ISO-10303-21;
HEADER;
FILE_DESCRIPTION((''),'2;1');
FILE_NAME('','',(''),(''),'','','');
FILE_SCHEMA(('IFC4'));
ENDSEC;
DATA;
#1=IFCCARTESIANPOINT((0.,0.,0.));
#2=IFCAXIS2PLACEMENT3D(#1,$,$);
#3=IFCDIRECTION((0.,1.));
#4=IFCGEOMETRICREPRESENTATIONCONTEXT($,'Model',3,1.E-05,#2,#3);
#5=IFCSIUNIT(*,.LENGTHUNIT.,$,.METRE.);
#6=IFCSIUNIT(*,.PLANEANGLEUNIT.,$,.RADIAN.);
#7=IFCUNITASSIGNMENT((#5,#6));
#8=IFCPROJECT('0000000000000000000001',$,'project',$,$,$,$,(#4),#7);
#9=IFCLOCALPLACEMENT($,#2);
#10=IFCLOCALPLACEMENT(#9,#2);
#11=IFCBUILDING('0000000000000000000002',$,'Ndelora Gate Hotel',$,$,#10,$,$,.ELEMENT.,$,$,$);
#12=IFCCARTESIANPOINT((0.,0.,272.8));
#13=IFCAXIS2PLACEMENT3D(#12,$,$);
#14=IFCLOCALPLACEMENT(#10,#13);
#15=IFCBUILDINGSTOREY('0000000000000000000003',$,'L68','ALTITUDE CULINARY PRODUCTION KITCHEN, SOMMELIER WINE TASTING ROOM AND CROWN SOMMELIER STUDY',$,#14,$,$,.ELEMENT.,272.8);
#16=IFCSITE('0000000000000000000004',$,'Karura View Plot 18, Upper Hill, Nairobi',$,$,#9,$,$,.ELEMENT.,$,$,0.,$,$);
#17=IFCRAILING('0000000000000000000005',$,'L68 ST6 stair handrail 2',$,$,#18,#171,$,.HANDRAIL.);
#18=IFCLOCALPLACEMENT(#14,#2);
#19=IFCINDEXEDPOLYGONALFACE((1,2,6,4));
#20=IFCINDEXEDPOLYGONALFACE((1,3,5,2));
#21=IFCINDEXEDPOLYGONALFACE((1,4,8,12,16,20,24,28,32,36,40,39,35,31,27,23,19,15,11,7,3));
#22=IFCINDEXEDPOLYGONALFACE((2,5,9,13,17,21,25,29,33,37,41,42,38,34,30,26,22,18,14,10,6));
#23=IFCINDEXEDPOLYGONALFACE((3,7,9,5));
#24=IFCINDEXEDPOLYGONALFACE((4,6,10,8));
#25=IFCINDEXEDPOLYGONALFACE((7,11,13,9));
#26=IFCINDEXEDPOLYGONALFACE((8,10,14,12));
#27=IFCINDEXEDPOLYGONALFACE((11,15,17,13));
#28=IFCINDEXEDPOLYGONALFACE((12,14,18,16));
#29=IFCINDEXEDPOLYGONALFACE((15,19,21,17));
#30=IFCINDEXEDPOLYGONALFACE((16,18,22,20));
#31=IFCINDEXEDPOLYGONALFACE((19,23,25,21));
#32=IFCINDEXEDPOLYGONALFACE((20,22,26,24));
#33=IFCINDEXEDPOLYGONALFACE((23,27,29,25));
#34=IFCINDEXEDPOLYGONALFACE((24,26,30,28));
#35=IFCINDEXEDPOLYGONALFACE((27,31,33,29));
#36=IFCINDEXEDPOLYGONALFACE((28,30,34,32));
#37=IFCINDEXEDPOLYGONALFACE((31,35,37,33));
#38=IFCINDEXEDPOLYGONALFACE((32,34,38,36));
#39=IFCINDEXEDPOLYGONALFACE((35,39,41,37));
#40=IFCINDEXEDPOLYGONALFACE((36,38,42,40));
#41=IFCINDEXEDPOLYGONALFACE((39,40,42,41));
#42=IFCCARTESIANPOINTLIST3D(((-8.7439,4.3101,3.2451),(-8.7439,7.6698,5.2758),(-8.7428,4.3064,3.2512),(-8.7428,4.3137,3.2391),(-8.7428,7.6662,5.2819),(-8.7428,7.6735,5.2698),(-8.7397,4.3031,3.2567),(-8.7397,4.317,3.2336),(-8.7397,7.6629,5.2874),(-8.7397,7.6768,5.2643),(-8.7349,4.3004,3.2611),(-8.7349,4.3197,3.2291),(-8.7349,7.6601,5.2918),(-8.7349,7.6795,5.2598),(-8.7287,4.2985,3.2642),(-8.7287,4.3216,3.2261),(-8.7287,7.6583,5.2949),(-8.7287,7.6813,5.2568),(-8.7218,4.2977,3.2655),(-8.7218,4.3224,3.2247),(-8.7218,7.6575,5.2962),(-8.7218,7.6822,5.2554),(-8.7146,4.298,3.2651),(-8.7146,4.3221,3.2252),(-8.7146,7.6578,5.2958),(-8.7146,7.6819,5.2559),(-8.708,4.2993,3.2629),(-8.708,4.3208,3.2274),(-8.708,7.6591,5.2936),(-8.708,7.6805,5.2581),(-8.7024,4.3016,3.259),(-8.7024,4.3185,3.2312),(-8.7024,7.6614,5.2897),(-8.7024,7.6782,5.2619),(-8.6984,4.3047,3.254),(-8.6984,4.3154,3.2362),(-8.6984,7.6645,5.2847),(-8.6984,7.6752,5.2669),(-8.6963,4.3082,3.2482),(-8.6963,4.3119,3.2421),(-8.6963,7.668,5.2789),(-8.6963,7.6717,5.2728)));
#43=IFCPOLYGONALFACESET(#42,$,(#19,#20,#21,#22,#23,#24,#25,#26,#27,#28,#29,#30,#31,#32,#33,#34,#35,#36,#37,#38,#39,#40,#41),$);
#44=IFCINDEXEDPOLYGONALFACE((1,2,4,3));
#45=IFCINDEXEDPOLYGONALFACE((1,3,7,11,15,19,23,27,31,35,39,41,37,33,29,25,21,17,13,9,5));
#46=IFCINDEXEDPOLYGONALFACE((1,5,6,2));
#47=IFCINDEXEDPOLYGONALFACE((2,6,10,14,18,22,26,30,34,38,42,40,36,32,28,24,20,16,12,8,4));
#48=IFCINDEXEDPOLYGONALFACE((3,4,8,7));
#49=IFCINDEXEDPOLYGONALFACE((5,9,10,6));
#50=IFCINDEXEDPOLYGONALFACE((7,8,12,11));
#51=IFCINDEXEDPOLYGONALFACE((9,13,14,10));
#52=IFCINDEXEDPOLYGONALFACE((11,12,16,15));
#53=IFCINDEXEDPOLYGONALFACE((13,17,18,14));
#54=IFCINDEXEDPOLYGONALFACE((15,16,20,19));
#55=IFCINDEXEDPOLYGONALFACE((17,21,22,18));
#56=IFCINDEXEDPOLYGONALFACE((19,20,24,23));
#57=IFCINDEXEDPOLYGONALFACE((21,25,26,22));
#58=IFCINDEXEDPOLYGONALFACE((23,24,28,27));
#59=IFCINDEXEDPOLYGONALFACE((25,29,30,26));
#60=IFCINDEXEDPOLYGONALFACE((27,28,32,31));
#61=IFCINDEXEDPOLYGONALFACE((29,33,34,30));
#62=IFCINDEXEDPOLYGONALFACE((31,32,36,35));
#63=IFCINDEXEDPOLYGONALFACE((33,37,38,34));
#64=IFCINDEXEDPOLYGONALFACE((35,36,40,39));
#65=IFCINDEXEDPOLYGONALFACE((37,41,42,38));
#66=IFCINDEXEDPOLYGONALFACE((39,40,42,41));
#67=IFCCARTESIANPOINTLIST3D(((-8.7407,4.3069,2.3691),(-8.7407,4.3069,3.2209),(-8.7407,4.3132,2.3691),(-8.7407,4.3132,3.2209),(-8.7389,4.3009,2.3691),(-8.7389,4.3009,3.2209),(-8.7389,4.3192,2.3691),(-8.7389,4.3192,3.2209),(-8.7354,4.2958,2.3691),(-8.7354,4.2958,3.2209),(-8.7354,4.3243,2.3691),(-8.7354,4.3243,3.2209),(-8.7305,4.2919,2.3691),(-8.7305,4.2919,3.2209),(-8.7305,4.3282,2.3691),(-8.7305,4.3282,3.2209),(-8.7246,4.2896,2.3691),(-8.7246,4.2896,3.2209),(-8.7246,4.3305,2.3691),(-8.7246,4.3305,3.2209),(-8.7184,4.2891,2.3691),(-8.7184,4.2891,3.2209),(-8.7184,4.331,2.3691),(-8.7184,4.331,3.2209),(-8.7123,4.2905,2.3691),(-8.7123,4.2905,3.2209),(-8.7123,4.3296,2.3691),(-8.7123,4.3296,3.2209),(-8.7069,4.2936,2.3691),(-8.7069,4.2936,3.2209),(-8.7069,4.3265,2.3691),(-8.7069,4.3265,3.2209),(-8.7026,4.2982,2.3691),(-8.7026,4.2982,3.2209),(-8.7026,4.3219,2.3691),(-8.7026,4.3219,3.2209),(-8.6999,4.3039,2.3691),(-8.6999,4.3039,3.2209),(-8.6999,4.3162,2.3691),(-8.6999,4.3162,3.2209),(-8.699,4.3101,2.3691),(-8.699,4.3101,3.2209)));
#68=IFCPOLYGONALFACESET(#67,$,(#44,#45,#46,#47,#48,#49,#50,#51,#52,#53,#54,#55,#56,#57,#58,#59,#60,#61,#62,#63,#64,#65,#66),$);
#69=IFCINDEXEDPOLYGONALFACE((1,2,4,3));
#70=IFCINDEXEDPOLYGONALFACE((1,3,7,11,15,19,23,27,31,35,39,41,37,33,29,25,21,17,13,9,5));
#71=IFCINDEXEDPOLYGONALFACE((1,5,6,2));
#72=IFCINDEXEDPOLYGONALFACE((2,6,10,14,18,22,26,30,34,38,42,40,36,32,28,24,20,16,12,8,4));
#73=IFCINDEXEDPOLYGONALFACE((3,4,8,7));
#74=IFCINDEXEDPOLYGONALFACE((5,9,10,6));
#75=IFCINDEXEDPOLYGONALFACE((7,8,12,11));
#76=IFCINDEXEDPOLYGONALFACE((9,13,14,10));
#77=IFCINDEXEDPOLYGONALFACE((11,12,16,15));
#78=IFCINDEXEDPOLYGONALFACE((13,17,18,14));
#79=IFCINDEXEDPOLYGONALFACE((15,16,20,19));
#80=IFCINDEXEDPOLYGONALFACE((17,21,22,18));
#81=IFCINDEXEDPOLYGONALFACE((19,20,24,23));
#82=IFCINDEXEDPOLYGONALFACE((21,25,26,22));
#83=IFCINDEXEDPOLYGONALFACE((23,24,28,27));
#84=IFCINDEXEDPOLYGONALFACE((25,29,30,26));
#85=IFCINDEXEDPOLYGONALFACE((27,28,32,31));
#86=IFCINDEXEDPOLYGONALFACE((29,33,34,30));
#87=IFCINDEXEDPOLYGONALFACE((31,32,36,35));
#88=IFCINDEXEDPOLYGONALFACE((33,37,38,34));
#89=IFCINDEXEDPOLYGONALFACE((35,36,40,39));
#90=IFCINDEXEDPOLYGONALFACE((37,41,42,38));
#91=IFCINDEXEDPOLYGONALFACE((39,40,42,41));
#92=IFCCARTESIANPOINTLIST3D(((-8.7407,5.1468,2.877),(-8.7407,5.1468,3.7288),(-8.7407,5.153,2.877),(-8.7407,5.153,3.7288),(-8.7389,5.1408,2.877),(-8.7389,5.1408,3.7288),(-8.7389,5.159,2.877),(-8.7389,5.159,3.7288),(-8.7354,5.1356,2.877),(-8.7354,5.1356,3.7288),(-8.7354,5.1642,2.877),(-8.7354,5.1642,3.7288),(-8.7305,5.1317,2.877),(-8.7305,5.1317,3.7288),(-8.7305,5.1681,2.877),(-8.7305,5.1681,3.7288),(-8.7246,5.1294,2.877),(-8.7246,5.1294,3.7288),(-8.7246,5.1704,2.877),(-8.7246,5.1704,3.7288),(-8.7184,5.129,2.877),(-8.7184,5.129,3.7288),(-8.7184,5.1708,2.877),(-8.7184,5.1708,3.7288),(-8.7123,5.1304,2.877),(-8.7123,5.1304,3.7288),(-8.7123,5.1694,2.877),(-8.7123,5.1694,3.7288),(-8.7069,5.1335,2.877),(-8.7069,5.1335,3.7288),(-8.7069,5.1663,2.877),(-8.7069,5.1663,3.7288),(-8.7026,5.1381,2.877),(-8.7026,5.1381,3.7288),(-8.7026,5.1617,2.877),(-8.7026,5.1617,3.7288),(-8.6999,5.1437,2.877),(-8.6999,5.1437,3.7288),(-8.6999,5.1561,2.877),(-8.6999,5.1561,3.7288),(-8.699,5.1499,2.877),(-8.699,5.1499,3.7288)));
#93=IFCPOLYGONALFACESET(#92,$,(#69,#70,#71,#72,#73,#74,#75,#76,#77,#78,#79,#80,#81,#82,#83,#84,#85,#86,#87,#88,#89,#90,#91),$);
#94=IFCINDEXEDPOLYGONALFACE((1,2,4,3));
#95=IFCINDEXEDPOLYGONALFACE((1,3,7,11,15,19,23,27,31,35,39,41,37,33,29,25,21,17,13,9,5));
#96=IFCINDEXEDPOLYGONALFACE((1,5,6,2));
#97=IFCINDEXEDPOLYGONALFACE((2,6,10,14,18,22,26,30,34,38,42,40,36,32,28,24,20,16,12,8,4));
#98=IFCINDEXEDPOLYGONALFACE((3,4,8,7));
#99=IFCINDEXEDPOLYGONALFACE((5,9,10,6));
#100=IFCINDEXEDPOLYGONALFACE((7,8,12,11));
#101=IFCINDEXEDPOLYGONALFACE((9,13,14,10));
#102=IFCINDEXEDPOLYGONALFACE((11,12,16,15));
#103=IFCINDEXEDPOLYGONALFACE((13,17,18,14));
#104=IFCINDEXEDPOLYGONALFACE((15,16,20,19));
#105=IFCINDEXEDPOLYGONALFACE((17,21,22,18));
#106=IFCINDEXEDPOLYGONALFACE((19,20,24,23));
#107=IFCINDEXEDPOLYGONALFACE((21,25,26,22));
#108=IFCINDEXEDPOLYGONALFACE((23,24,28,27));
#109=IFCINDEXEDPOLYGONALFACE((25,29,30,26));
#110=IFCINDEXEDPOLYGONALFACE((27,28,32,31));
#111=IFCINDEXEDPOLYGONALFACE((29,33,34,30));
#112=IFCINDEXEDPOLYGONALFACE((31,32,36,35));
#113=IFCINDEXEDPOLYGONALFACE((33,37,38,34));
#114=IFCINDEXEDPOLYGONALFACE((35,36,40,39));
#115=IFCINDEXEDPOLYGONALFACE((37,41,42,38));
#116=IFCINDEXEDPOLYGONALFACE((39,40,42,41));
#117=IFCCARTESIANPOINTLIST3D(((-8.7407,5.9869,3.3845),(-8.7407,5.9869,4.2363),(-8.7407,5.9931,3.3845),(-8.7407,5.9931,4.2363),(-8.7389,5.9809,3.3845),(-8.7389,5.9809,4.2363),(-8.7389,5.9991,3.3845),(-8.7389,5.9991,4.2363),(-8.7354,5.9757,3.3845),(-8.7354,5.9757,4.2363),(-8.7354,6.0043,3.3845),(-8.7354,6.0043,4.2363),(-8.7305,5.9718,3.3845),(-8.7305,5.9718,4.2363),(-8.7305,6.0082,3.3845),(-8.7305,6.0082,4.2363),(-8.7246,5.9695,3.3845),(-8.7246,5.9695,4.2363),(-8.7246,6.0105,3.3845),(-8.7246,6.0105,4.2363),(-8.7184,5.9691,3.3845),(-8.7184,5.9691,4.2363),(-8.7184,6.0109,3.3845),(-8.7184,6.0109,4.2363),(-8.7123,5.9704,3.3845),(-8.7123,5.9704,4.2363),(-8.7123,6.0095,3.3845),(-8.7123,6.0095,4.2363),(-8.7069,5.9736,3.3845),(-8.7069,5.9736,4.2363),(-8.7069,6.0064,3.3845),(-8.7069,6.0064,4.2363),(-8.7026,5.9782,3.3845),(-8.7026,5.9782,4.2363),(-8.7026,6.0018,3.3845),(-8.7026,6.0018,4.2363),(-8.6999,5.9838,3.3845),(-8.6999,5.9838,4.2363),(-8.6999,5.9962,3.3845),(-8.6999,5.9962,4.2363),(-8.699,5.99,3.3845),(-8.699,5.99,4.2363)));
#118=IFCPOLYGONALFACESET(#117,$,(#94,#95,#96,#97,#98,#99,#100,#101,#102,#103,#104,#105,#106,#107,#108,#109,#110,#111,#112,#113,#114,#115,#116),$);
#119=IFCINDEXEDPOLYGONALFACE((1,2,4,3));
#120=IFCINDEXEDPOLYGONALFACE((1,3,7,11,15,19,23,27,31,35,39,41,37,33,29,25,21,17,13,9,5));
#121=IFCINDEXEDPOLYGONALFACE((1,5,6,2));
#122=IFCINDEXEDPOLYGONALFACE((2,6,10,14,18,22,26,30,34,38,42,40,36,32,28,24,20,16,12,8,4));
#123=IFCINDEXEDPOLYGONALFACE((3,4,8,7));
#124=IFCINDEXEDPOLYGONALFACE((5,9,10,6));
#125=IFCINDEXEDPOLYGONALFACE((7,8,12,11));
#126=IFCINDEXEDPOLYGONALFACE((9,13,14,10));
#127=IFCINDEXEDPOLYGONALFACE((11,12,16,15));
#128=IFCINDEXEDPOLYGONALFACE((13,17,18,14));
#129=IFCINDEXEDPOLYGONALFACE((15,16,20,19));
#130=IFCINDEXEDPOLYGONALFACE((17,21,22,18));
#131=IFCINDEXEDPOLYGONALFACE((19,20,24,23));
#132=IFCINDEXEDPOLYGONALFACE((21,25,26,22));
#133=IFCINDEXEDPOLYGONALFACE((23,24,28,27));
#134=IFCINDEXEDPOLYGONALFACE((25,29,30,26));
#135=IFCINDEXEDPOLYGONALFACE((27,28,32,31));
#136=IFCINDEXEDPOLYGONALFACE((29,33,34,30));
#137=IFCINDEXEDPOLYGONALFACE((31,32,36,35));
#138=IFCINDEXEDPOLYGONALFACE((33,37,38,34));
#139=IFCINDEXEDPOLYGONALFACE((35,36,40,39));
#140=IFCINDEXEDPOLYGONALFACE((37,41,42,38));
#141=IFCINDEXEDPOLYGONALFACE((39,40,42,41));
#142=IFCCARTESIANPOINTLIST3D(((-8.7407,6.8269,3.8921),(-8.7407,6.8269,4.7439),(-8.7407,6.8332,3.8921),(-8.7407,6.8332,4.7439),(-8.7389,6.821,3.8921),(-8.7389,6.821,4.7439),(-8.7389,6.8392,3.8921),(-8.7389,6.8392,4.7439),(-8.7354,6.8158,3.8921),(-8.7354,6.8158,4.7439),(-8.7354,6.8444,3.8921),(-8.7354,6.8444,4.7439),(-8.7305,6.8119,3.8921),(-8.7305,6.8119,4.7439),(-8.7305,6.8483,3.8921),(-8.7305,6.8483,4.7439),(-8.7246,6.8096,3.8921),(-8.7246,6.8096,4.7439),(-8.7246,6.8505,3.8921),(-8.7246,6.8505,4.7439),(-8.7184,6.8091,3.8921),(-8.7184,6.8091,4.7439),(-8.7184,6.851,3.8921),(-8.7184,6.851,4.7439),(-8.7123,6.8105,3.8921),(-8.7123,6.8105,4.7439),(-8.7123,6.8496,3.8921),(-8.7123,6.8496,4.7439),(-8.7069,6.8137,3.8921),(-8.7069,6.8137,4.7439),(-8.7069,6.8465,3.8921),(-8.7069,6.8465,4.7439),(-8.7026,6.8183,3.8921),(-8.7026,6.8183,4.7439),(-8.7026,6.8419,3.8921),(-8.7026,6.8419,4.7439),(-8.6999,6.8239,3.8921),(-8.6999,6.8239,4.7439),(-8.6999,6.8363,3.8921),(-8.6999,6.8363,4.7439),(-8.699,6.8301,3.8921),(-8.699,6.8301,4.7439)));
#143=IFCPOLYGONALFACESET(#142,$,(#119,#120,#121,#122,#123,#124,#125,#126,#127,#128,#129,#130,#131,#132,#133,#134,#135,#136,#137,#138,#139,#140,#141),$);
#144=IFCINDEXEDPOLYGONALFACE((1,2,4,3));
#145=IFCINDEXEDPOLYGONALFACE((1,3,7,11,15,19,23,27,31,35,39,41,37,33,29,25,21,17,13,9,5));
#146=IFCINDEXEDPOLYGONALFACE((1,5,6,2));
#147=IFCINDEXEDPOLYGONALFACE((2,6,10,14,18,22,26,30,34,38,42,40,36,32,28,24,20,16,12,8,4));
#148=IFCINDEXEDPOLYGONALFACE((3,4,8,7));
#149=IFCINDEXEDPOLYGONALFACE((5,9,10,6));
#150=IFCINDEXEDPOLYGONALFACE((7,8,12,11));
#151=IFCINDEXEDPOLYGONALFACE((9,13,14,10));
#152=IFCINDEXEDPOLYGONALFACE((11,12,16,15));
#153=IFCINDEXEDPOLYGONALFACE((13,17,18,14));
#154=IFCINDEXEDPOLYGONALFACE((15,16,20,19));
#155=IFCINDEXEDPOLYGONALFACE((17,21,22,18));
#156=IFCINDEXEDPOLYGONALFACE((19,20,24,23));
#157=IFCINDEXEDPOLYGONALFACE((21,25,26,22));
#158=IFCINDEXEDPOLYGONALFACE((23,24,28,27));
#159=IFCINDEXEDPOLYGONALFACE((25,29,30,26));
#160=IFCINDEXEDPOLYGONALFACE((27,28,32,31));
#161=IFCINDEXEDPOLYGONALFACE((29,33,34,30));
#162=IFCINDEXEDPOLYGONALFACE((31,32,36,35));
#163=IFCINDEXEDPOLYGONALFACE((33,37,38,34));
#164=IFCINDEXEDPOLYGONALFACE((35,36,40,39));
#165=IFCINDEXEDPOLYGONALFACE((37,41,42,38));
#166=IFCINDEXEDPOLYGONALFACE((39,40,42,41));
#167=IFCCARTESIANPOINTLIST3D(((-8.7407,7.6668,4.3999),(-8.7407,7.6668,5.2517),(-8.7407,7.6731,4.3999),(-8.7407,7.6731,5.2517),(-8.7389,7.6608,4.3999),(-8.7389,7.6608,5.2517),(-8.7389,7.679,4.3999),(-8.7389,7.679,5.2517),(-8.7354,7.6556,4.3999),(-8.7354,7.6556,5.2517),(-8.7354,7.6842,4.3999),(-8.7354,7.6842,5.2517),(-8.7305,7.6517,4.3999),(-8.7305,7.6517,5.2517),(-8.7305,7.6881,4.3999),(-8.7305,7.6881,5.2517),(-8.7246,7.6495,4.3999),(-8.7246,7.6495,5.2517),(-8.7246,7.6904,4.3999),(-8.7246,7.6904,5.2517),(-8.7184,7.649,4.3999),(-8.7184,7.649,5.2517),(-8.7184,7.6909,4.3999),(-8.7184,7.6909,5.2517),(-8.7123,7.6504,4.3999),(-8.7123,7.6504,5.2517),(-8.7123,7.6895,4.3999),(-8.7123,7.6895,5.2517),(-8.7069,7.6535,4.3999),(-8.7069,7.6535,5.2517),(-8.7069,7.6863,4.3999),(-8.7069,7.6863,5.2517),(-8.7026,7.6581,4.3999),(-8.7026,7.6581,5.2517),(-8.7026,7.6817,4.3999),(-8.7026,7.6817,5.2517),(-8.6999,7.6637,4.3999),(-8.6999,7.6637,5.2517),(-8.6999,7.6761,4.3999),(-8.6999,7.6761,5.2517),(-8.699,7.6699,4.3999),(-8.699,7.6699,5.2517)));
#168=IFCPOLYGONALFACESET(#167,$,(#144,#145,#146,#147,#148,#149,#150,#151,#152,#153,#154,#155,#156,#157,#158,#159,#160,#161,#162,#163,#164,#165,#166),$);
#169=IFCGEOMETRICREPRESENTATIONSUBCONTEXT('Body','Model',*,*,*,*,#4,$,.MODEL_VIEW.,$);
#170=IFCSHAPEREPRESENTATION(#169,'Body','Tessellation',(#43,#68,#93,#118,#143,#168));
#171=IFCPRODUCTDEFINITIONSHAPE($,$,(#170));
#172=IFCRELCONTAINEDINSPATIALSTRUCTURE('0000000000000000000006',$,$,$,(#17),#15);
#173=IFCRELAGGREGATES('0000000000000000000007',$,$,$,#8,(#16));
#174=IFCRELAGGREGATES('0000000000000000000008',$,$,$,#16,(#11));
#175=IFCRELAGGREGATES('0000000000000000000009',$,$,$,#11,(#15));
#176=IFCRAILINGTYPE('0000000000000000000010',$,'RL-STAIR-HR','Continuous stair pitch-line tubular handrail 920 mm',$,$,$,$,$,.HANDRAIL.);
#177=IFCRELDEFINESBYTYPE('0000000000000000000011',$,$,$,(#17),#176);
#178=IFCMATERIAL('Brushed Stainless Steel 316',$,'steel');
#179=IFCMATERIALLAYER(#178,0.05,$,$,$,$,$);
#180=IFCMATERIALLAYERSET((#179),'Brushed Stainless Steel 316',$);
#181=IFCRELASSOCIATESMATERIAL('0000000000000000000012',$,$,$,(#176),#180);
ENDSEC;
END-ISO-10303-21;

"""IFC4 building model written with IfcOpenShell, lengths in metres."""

from ifc_helpers import new_model, si_unit, direction, frame, origin, origin_2d, place, context, subcontext, project, spatial, circle, extrude, material, layer, layer_set, type_object, element, save


model = new_model("IFC4")

# Units and contexts
model_context = context("Model", 3, precision=1e-05, world=origin(), true_north=direction((0.0, 1.0)))
body_context = subcontext(model_context, "Body", "Model", "MODEL_VIEW")
ifc_project = project(units=[si_unit("LENGTHUNIT", "METRE"), si_unit("PLANEANGLEUNIT", "RADIAN")], contexts=[model_context])

# Site, building, storey
site_placement = place(None, origin())
site = spatial("IfcSite", under=ifc_project, at=site_placement, Name="Karura View Plot 18, Upper Hill, Nairobi", CompositionType="ELEMENT", RefElevation=0.0)
building_placement = place(site_placement, origin())
building = spatial("IfcBuilding", under=site, at=building_placement, Name="Ndelora Gate Hotel", CompositionType="ELEMENT")
storey_placement = place(building_placement, frame((0.0, 0.0, 272.8)))
storey = spatial("IfcBuildingStorey", under=building, at=storey_placement, Name="L68", Description="ALTITUDE CULINARY PRODUCTION KITCHEN, SOMMELIER WINE TASTING ROOM AND CROWN SOMMELIER STUDY", CompositionType="ELEMENT", Elevation=272.8)

# Railing
ifc_material_1 = material(Name="Brushed Stainless Steel 316", Category="steel")
ifc_layer_1 = layer(ifc_material_1, 0.05)
ifc_layer_set_1 = layer_set([ifc_layer_1], Name="Brushed Stainless Steel 316")
railing_type_1 = type_object("IfcRailingType", Name="RL-STAIR-HR", Description="Continuous stair pitch-line tubular handrail 920 mm", PredefinedType="HANDRAIL", material=ifc_layer_set_1)
railing_1_placement = place(storey_placement, frame((-8.72, 4.3101, 2.3691)))
element("IfcRailing", 1, at=railing_1_placement, inside=storey, type_object=railing_type_1, Name="L68 ST6 stair handrail 2", PredefinedType="HANDRAIL", context=body_context, shape_type="SweptSolid", body=[
    extrude(circle(Radius=0.0239, at=origin_2d()), frame((0.0, 0.0, 0.876), z_axis=(0.0, 0.85582, 0.517273), x_axis=(-1.0, 0.0, 0.0)), (0.0, 0.0, 1.0), 3.9258),
    extrude(circle(Radius=0.021, at=origin_2d()), origin(), (0.0, 0.0, 1.0), 0.8518),
    extrude(circle(Radius=0.021, at=origin_2d()), frame((0.0, 0.8398, 0.5078)), (0.0, 0.0, 1.0), 0.8518),
    extrude(circle(Radius=0.021, at=origin_2d()), frame((0.0, 1.6799, 1.0154)), (0.0, 0.0, 1.0), 0.8518),
    extrude(circle(Radius=0.021, at=origin_2d()), frame((0.0, 2.52, 1.5229)), (0.0, 0.0, 1.0), 0.8518),
    extrude(circle(Radius=0.021, at=origin_2d()), frame((0.0, 3.3599, 2.0308)), (0.0, 0.0, 1.0), 0.8518),
])

save(model, "model.ifc")
